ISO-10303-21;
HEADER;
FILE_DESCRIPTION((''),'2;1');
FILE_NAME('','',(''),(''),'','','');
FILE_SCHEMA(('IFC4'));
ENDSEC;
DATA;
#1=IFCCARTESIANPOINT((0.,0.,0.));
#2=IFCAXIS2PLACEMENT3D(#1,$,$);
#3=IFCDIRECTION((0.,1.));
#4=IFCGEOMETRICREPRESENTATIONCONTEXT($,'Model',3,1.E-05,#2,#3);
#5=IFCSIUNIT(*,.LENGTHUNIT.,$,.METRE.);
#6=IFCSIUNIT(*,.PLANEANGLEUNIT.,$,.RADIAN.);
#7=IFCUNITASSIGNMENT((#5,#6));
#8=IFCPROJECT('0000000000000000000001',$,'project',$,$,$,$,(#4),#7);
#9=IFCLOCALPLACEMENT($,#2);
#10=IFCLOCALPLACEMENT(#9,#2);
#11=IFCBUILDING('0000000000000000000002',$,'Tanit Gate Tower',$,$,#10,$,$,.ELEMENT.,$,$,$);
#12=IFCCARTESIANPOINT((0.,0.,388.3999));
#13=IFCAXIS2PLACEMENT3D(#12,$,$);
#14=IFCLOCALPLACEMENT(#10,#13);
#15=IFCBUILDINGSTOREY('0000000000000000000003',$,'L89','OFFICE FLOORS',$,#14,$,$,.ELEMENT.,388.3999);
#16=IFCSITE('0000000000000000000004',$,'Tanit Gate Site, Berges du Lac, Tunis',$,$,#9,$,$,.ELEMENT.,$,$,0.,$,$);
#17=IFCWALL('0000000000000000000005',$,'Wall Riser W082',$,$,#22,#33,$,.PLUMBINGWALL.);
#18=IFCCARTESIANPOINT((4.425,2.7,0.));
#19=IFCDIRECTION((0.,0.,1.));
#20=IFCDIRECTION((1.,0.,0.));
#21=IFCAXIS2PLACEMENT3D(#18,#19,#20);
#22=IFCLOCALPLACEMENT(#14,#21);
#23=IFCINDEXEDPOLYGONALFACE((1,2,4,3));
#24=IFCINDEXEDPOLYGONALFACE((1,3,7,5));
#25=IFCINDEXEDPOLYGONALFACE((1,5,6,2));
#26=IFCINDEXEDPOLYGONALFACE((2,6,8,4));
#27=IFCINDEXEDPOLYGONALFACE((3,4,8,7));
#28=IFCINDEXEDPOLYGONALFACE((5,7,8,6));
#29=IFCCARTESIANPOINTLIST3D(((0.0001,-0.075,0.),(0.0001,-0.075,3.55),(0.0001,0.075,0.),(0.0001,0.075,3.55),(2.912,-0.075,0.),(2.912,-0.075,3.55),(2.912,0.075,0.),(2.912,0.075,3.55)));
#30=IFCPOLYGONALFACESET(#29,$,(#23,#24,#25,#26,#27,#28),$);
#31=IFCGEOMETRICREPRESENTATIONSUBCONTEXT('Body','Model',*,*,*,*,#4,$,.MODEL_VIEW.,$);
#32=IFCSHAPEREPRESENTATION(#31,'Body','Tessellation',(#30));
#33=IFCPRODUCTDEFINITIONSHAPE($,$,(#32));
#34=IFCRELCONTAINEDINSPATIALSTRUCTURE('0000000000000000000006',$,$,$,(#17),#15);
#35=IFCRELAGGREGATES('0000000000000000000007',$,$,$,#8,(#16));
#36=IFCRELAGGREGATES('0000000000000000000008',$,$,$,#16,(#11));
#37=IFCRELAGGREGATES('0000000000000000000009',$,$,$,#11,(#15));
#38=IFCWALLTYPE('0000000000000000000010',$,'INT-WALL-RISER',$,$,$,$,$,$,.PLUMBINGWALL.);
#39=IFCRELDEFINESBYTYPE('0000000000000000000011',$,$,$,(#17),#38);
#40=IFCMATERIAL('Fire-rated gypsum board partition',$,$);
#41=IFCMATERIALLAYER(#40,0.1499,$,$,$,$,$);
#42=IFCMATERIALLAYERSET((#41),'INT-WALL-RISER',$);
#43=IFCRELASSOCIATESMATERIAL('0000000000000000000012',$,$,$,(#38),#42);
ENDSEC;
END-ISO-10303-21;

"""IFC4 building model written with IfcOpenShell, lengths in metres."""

from ifc_helpers import new_model, si_unit, direction, frame, frame_2d, origin, place, context, subcontext, project, spatial, rectangle, extrude, material, layer, layer_set, type_object, element, save


model = new_model("IFC4")

# Units and contexts
model_context = context("Model", 3, precision=1e-05, world=origin(), true_north=direction((0.0, 1.0)))
body_context = subcontext(model_context, "Body", "Model", "MODEL_VIEW")
ifc_project = project(units=[si_unit("LENGTHUNIT", "METRE"), si_unit("PLANEANGLEUNIT", "RADIAN")], contexts=[model_context])

# Site, building, storey
site_placement = place(None, origin())
site = spatial("IfcSite", under=ifc_project, at=site_placement, Name="Tanit Gate Site, Berges du Lac, Tunis", CompositionType="ELEMENT", RefElevation=0.0)
building_placement = place(site_placement, origin())
building = spatial("IfcBuilding", under=site, at=building_placement, Name="Tanit Gate Tower", CompositionType="ELEMENT")
storey_placement = place(building_placement, frame((0.0, 0.0, 388.3999)))
storey = spatial("IfcBuildingStorey", under=building, at=storey_placement, Name="L89", Description="OFFICE FLOORS", CompositionType="ELEMENT", Elevation=388.3999)

# Wall
ifc_material_1 = material(Name="Fire-rated gypsum board partition")
ifc_layer_1 = layer(ifc_material_1, 0.1499)
ifc_layer_set_1 = layer_set([ifc_layer_1], Name="INT-WALL-RISER")
wall_type_1 = type_object("IfcWallType", Name="INT-WALL-RISER", PredefinedType="PLUMBINGWALL", material=ifc_layer_set_1)
wall_1_placement = place(storey_placement, frame((4.425, 2.7, 0.0), z_axis=(0.0, 0.0, 1.0), x_axis=(1.0, 0.0, 0.0)))
element("IfcWall", 1, at=wall_1_placement, inside=storey, type_object=wall_type_1, Name="Wall Riser W082", PredefinedType="PLUMBINGWALL", context=body_context, shape_type="SweptSolid", body=[
    extrude(rectangle(XDim=2.9119, YDim=0.1499, at=frame_2d((1.4561, 0.0))), origin(), (0.0, 0.0, 1.0), 3.55),
])

save(model, "model.ifc")
